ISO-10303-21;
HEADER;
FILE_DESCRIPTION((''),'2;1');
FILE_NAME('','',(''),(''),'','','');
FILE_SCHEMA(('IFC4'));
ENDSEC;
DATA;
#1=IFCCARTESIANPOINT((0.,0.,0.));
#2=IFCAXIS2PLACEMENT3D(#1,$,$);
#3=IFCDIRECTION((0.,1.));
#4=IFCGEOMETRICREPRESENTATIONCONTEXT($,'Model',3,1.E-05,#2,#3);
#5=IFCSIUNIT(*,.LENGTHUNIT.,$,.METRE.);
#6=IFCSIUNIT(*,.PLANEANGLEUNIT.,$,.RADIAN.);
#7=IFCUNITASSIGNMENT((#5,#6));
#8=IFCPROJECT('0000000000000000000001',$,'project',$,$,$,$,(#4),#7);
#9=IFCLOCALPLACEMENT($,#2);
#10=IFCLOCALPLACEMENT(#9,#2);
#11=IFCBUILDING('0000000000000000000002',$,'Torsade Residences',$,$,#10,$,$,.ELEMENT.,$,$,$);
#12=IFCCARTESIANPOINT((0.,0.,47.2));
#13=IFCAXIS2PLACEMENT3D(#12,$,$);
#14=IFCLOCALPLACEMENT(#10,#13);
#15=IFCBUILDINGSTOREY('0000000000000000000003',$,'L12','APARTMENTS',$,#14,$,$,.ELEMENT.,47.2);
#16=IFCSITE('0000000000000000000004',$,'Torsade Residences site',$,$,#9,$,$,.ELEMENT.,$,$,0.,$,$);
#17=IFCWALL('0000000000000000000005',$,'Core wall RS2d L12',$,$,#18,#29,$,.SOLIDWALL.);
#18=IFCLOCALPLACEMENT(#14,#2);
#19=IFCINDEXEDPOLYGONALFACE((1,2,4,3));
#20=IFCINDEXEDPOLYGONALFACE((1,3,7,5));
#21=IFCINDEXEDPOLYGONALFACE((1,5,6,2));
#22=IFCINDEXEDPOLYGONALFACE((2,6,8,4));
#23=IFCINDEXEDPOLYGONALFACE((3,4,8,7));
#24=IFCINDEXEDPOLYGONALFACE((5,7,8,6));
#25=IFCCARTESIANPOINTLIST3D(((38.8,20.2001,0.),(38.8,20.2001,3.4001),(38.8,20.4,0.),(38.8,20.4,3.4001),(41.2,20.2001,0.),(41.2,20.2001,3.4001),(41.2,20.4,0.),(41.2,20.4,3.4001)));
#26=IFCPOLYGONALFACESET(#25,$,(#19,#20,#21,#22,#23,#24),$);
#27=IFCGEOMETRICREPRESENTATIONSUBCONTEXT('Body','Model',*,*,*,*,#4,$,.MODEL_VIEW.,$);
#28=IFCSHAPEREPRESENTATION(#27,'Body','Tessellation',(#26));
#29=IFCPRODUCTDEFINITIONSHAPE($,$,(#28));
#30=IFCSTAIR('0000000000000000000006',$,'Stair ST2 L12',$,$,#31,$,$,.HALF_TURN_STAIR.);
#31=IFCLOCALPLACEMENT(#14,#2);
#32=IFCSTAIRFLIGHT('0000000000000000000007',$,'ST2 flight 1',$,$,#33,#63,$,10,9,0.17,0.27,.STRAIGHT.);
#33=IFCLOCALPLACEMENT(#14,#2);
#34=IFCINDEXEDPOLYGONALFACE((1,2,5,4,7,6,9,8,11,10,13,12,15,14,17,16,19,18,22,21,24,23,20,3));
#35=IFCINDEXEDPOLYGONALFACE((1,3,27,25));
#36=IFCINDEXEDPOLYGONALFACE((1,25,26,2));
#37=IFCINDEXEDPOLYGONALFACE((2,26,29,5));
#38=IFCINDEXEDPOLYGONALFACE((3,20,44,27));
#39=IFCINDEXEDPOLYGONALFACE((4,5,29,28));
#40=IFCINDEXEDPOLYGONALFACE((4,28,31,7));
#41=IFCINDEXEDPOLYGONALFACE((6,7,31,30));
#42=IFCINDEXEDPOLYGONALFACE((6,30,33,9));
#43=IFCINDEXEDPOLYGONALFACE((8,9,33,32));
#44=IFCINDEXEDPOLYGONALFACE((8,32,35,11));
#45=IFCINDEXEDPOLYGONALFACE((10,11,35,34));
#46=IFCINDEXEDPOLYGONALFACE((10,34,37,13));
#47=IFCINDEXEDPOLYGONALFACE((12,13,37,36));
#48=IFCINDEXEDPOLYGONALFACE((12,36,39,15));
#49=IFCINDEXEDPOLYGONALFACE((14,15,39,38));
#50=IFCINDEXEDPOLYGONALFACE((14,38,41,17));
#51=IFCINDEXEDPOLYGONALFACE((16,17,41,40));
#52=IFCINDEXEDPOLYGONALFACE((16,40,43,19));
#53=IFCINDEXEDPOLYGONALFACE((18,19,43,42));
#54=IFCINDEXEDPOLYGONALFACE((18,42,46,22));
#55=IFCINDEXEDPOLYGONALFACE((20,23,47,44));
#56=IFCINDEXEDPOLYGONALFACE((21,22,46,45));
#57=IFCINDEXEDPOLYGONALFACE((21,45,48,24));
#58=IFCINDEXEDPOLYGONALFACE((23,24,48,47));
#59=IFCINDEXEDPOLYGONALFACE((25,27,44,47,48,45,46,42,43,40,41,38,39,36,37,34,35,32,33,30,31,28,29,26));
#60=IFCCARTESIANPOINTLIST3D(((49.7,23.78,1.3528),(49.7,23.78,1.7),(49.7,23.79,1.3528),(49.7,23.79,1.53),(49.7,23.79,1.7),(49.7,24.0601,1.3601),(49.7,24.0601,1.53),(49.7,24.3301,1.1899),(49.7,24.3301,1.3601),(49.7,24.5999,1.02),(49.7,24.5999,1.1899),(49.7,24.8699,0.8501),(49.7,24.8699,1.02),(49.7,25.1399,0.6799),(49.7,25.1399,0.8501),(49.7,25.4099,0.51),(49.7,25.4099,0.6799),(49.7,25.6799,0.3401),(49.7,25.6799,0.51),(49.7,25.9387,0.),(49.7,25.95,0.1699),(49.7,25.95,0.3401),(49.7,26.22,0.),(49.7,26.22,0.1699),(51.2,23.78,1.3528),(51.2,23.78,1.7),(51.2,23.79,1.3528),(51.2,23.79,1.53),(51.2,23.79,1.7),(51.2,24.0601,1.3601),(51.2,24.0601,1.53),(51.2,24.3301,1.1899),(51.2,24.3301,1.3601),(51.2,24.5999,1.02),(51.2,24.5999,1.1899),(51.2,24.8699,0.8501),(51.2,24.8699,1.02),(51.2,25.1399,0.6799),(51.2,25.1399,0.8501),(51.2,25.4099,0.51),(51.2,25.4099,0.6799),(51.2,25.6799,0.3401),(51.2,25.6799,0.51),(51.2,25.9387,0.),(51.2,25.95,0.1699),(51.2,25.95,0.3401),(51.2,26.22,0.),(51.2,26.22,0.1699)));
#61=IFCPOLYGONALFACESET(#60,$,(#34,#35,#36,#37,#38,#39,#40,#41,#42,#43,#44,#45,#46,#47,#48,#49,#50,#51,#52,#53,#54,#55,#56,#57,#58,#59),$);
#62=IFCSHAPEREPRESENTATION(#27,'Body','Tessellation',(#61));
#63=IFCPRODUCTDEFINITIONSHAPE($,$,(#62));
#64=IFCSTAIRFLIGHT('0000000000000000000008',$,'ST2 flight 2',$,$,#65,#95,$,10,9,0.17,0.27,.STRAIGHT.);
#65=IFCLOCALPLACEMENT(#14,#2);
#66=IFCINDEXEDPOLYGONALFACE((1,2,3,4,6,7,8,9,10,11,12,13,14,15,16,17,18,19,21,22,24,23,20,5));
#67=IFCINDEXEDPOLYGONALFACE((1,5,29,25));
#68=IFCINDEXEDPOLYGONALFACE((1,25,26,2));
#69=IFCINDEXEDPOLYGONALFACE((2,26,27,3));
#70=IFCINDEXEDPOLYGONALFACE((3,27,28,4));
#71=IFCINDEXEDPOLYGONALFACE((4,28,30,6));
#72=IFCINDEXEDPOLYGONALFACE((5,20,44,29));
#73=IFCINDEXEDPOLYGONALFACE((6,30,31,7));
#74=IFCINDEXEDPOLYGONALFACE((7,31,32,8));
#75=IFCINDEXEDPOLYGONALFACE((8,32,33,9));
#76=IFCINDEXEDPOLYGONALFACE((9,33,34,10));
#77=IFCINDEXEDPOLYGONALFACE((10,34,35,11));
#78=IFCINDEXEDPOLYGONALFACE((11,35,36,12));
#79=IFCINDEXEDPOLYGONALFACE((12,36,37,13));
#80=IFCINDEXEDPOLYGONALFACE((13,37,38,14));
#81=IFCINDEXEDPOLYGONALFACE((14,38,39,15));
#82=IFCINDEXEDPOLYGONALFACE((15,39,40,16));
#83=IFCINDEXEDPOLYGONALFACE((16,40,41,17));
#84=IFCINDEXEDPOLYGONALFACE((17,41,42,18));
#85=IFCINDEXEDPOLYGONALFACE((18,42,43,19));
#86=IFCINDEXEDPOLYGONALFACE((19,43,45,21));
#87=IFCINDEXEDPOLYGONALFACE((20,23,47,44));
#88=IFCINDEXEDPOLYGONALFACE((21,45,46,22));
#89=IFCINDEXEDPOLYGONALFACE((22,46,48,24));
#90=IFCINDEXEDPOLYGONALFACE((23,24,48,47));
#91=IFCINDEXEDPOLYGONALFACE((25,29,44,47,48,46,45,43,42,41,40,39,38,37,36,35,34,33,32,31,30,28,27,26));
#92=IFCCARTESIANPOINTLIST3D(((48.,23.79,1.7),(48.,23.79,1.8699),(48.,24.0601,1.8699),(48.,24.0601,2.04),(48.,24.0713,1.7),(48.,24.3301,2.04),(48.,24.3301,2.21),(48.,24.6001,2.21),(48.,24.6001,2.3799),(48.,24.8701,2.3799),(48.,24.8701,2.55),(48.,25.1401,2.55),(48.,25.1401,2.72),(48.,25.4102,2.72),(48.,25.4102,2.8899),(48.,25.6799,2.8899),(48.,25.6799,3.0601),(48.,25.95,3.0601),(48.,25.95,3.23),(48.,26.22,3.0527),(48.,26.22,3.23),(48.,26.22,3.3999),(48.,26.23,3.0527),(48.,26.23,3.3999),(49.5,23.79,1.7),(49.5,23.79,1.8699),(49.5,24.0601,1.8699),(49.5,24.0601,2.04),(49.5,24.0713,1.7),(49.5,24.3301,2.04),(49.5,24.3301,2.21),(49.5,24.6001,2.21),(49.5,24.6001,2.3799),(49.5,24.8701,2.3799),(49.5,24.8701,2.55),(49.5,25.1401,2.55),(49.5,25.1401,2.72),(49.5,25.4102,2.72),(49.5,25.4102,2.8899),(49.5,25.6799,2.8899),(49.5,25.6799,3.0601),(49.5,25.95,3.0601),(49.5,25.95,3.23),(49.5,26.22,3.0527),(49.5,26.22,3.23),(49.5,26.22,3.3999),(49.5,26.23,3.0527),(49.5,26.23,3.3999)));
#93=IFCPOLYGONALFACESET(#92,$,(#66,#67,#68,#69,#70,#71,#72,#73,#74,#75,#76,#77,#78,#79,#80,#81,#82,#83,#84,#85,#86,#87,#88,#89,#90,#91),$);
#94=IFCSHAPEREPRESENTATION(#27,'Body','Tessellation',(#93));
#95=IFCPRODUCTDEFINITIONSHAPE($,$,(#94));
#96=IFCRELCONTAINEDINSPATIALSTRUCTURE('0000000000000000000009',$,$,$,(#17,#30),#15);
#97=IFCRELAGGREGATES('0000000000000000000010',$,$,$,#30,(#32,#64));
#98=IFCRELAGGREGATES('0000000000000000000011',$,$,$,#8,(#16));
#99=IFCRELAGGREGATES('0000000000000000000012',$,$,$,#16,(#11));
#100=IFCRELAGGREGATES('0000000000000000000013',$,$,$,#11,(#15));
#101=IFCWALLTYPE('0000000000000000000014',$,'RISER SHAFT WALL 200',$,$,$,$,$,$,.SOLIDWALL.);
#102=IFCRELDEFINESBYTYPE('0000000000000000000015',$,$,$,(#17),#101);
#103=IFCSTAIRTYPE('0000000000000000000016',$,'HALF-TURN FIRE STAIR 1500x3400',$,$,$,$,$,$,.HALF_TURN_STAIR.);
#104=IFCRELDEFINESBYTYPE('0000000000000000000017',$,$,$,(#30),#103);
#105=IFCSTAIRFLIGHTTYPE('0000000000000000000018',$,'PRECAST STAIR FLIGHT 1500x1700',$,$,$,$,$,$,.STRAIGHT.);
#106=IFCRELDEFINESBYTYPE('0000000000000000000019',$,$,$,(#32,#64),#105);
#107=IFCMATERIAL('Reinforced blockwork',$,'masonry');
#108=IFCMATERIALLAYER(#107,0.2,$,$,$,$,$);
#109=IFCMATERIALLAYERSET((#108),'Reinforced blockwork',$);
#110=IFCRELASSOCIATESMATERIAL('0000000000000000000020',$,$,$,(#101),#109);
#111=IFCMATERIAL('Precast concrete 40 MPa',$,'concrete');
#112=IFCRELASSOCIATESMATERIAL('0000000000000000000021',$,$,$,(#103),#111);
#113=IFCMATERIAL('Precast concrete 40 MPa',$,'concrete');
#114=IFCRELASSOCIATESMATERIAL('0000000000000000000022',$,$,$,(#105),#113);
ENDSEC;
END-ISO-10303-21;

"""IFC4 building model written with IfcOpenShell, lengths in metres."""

from ifc_helpers import new_model, si_unit, direction, frame, frame_2d, origin, place, context, subcontext, project, spatial, polyline, rectangle, outline, extrude, material, layer, layer_set, type_object, element, aggregate, save


model = new_model("IFC4")

# Units and contexts
model_context = context("Model", 3, precision=1e-05, world=origin(), true_north=direction((0.0, 1.0)))
body_context = subcontext(model_context, "Body", "Model", "MODEL_VIEW")
ifc_project = project(units=[si_unit("LENGTHUNIT", "METRE"), si_unit("PLANEANGLEUNIT", "RADIAN")], contexts=[model_context])

# Site, building, storey
site_placement = place(None, origin())
site = spatial("IfcSite", under=ifc_project, at=site_placement, Name="Torsade Residences site", CompositionType="ELEMENT", RefElevation=0.0)
building_placement = place(site_placement, origin())
building = spatial("IfcBuilding", under=site, at=building_placement, Name="Torsade Residences", CompositionType="ELEMENT")
storey_placement = place(building_placement, frame((0.0, 0.0, 47.2)))
storey = spatial("IfcBuildingStorey", under=building, at=storey_placement, Name="L12", Description="APARTMENTS", CompositionType="ELEMENT", Elevation=47.2)

# Wall
ifc_material_1 = material(Name="Reinforced blockwork", Category="masonry")
ifc_layer_1 = layer(ifc_material_1, 0.2)
ifc_layer_set_1 = layer_set([ifc_layer_1], Name="Reinforced blockwork")
wall_type_1 = type_object("IfcWallType", Name="RISER SHAFT WALL 200", PredefinedType="SOLIDWALL", material=ifc_layer_set_1)
for number, where, z_axis, x_axis, name in (
    (1, (38.8, 20.3, 0.0), (0.0, 0.0, 1.0), (1.0, 0.0, 0.0), "Core wall RS2d L12"),
):
    element("IfcWall", number, at=place(storey_placement, frame(where, z_axis=z_axis, x_axis=x_axis)), inside=storey, type_object=wall_type_1, Name=name, PredefinedType="SOLIDWALL", context=body_context, shape_type="SweptSolid", body=[
        extrude(rectangle(XDim=2.3999, YDim=0.2, at=frame_2d((1.2, 0.0))), origin(), (0.0, 0.0, 1.0), 3.4001),
    ])

# Stair, stair flights
ifc_material_2 = material(Name="Precast concrete 40 MPa", Category="concrete")
stair_type = type_object("IfcStairType", Name="HALF-TURN FIRE STAIR 1500x3400", PredefinedType="HALF_TURN_STAIR", material=ifc_material_2)
stair_placement = place(storey_placement, origin())
stair = element("IfcStair", 2, at=stair_placement, inside=storey, type_object=stair_type, Name="Stair ST2 L12", PredefinedType="HALF_TURN_STAIR")
ifc_material_3 = material(Name="Precast concrete 40 MPa", Category="concrete")
stair_flight_type = type_object("IfcStairFlightType", Name="PRECAST STAIR FLIGHT 1500x1700", PredefinedType="STRAIGHT", material=ifc_material_3)
stair_flight_1_placement = place(storey_placement, frame((50.45, 26.22, 0.0), z_axis=(0.0, 0.0, 1.0), x_axis=(0.0, -1.0, 0.0)))
stair_flight_1 = element("IfcStairFlight", 3, at=stair_flight_1_placement, type_object=stair_flight_type, Name="ST2 flight 1", NumberOfRisers=10, NumberOfTreads=9, PredefinedType="STRAIGHT", RiserHeight=0.17, TreadLength=0.27, context=body_context, shape_type="SweptSolid", body=[
    extrude(outline(polyline([(0.0, 0.0), (0.0, 0.1699), (0.27, 0.1699), (0.27, 0.3401), (0.54, 0.3401), (0.54, 0.51), (0.8101, 0.51), (0.8101, 0.6799), (1.0801, 0.6799), (1.0801, 0.8501), (1.3501, 0.8501), (1.3501, 1.02), (1.6201, 1.02), (1.6201, 1.1899), (1.8899, 1.1899), (1.8899, 1.3601), (2.1599, 1.3601), (2.1599, 1.53), (2.4299, 1.53), (2.4299, 1.7), (2.4399, 1.7), (2.4399, 1.3528), (2.4299, 1.3528), (0.2812, 0.0), (0.0, 0.0)])), frame((0.0, 0.75, 0.0), z_axis=(0.0, -1.0, 0.0), x_axis=(1.0, 0.0, 0.0)), (0.0, 0.0, 1.0), 1.5),
])
stair_flight_2_placement = place(storey_placement, frame((48.75, 23.79, 1.7), z_axis=(0.0, 0.0, 1.0), x_axis=(0.0, 1.0, 0.0)))
stair_flight_2 = element("IfcStairFlight", 4, at=stair_flight_2_placement, type_object=stair_flight_type, Name="ST2 flight 2", NumberOfRisers=10, NumberOfTreads=9, PredefinedType="STRAIGHT", RiserHeight=0.17, TreadLength=0.27, context=body_context, shape_type="SweptSolid", body=[
    extrude(outline(polyline([(0.0, 0.0), (0.0, 0.1699), (0.27, 0.1699), (0.27, 0.3401), (0.54, 0.3401), (0.54, 0.51), (0.8101, 0.51), (0.8101, 0.6799), (1.0801, 0.6799), (1.0801, 0.8501), (1.3501, 0.8501), (1.3501, 1.02), (1.6201, 1.02), (1.6201, 1.1899), (1.8899, 1.1899), (1.8899, 1.3601), (2.1599, 1.3601), (2.1599, 1.53), (2.4299, 1.53), (2.4299, 1.7), (2.4399, 1.7), (2.4399, 1.3528), (2.4299, 1.3528), (0.2812, 0.0), (0.0, 0.0)])), frame((0.0, 0.75, 0.0), z_axis=(0.0, -1.0, 0.0), x_axis=(1.0, 0.0, 0.0)), (0.0, 0.0, 1.0), 1.5),
])
aggregate(stair, [stair_flight_1, stair_flight_2])

save(model, "model.ifc")
